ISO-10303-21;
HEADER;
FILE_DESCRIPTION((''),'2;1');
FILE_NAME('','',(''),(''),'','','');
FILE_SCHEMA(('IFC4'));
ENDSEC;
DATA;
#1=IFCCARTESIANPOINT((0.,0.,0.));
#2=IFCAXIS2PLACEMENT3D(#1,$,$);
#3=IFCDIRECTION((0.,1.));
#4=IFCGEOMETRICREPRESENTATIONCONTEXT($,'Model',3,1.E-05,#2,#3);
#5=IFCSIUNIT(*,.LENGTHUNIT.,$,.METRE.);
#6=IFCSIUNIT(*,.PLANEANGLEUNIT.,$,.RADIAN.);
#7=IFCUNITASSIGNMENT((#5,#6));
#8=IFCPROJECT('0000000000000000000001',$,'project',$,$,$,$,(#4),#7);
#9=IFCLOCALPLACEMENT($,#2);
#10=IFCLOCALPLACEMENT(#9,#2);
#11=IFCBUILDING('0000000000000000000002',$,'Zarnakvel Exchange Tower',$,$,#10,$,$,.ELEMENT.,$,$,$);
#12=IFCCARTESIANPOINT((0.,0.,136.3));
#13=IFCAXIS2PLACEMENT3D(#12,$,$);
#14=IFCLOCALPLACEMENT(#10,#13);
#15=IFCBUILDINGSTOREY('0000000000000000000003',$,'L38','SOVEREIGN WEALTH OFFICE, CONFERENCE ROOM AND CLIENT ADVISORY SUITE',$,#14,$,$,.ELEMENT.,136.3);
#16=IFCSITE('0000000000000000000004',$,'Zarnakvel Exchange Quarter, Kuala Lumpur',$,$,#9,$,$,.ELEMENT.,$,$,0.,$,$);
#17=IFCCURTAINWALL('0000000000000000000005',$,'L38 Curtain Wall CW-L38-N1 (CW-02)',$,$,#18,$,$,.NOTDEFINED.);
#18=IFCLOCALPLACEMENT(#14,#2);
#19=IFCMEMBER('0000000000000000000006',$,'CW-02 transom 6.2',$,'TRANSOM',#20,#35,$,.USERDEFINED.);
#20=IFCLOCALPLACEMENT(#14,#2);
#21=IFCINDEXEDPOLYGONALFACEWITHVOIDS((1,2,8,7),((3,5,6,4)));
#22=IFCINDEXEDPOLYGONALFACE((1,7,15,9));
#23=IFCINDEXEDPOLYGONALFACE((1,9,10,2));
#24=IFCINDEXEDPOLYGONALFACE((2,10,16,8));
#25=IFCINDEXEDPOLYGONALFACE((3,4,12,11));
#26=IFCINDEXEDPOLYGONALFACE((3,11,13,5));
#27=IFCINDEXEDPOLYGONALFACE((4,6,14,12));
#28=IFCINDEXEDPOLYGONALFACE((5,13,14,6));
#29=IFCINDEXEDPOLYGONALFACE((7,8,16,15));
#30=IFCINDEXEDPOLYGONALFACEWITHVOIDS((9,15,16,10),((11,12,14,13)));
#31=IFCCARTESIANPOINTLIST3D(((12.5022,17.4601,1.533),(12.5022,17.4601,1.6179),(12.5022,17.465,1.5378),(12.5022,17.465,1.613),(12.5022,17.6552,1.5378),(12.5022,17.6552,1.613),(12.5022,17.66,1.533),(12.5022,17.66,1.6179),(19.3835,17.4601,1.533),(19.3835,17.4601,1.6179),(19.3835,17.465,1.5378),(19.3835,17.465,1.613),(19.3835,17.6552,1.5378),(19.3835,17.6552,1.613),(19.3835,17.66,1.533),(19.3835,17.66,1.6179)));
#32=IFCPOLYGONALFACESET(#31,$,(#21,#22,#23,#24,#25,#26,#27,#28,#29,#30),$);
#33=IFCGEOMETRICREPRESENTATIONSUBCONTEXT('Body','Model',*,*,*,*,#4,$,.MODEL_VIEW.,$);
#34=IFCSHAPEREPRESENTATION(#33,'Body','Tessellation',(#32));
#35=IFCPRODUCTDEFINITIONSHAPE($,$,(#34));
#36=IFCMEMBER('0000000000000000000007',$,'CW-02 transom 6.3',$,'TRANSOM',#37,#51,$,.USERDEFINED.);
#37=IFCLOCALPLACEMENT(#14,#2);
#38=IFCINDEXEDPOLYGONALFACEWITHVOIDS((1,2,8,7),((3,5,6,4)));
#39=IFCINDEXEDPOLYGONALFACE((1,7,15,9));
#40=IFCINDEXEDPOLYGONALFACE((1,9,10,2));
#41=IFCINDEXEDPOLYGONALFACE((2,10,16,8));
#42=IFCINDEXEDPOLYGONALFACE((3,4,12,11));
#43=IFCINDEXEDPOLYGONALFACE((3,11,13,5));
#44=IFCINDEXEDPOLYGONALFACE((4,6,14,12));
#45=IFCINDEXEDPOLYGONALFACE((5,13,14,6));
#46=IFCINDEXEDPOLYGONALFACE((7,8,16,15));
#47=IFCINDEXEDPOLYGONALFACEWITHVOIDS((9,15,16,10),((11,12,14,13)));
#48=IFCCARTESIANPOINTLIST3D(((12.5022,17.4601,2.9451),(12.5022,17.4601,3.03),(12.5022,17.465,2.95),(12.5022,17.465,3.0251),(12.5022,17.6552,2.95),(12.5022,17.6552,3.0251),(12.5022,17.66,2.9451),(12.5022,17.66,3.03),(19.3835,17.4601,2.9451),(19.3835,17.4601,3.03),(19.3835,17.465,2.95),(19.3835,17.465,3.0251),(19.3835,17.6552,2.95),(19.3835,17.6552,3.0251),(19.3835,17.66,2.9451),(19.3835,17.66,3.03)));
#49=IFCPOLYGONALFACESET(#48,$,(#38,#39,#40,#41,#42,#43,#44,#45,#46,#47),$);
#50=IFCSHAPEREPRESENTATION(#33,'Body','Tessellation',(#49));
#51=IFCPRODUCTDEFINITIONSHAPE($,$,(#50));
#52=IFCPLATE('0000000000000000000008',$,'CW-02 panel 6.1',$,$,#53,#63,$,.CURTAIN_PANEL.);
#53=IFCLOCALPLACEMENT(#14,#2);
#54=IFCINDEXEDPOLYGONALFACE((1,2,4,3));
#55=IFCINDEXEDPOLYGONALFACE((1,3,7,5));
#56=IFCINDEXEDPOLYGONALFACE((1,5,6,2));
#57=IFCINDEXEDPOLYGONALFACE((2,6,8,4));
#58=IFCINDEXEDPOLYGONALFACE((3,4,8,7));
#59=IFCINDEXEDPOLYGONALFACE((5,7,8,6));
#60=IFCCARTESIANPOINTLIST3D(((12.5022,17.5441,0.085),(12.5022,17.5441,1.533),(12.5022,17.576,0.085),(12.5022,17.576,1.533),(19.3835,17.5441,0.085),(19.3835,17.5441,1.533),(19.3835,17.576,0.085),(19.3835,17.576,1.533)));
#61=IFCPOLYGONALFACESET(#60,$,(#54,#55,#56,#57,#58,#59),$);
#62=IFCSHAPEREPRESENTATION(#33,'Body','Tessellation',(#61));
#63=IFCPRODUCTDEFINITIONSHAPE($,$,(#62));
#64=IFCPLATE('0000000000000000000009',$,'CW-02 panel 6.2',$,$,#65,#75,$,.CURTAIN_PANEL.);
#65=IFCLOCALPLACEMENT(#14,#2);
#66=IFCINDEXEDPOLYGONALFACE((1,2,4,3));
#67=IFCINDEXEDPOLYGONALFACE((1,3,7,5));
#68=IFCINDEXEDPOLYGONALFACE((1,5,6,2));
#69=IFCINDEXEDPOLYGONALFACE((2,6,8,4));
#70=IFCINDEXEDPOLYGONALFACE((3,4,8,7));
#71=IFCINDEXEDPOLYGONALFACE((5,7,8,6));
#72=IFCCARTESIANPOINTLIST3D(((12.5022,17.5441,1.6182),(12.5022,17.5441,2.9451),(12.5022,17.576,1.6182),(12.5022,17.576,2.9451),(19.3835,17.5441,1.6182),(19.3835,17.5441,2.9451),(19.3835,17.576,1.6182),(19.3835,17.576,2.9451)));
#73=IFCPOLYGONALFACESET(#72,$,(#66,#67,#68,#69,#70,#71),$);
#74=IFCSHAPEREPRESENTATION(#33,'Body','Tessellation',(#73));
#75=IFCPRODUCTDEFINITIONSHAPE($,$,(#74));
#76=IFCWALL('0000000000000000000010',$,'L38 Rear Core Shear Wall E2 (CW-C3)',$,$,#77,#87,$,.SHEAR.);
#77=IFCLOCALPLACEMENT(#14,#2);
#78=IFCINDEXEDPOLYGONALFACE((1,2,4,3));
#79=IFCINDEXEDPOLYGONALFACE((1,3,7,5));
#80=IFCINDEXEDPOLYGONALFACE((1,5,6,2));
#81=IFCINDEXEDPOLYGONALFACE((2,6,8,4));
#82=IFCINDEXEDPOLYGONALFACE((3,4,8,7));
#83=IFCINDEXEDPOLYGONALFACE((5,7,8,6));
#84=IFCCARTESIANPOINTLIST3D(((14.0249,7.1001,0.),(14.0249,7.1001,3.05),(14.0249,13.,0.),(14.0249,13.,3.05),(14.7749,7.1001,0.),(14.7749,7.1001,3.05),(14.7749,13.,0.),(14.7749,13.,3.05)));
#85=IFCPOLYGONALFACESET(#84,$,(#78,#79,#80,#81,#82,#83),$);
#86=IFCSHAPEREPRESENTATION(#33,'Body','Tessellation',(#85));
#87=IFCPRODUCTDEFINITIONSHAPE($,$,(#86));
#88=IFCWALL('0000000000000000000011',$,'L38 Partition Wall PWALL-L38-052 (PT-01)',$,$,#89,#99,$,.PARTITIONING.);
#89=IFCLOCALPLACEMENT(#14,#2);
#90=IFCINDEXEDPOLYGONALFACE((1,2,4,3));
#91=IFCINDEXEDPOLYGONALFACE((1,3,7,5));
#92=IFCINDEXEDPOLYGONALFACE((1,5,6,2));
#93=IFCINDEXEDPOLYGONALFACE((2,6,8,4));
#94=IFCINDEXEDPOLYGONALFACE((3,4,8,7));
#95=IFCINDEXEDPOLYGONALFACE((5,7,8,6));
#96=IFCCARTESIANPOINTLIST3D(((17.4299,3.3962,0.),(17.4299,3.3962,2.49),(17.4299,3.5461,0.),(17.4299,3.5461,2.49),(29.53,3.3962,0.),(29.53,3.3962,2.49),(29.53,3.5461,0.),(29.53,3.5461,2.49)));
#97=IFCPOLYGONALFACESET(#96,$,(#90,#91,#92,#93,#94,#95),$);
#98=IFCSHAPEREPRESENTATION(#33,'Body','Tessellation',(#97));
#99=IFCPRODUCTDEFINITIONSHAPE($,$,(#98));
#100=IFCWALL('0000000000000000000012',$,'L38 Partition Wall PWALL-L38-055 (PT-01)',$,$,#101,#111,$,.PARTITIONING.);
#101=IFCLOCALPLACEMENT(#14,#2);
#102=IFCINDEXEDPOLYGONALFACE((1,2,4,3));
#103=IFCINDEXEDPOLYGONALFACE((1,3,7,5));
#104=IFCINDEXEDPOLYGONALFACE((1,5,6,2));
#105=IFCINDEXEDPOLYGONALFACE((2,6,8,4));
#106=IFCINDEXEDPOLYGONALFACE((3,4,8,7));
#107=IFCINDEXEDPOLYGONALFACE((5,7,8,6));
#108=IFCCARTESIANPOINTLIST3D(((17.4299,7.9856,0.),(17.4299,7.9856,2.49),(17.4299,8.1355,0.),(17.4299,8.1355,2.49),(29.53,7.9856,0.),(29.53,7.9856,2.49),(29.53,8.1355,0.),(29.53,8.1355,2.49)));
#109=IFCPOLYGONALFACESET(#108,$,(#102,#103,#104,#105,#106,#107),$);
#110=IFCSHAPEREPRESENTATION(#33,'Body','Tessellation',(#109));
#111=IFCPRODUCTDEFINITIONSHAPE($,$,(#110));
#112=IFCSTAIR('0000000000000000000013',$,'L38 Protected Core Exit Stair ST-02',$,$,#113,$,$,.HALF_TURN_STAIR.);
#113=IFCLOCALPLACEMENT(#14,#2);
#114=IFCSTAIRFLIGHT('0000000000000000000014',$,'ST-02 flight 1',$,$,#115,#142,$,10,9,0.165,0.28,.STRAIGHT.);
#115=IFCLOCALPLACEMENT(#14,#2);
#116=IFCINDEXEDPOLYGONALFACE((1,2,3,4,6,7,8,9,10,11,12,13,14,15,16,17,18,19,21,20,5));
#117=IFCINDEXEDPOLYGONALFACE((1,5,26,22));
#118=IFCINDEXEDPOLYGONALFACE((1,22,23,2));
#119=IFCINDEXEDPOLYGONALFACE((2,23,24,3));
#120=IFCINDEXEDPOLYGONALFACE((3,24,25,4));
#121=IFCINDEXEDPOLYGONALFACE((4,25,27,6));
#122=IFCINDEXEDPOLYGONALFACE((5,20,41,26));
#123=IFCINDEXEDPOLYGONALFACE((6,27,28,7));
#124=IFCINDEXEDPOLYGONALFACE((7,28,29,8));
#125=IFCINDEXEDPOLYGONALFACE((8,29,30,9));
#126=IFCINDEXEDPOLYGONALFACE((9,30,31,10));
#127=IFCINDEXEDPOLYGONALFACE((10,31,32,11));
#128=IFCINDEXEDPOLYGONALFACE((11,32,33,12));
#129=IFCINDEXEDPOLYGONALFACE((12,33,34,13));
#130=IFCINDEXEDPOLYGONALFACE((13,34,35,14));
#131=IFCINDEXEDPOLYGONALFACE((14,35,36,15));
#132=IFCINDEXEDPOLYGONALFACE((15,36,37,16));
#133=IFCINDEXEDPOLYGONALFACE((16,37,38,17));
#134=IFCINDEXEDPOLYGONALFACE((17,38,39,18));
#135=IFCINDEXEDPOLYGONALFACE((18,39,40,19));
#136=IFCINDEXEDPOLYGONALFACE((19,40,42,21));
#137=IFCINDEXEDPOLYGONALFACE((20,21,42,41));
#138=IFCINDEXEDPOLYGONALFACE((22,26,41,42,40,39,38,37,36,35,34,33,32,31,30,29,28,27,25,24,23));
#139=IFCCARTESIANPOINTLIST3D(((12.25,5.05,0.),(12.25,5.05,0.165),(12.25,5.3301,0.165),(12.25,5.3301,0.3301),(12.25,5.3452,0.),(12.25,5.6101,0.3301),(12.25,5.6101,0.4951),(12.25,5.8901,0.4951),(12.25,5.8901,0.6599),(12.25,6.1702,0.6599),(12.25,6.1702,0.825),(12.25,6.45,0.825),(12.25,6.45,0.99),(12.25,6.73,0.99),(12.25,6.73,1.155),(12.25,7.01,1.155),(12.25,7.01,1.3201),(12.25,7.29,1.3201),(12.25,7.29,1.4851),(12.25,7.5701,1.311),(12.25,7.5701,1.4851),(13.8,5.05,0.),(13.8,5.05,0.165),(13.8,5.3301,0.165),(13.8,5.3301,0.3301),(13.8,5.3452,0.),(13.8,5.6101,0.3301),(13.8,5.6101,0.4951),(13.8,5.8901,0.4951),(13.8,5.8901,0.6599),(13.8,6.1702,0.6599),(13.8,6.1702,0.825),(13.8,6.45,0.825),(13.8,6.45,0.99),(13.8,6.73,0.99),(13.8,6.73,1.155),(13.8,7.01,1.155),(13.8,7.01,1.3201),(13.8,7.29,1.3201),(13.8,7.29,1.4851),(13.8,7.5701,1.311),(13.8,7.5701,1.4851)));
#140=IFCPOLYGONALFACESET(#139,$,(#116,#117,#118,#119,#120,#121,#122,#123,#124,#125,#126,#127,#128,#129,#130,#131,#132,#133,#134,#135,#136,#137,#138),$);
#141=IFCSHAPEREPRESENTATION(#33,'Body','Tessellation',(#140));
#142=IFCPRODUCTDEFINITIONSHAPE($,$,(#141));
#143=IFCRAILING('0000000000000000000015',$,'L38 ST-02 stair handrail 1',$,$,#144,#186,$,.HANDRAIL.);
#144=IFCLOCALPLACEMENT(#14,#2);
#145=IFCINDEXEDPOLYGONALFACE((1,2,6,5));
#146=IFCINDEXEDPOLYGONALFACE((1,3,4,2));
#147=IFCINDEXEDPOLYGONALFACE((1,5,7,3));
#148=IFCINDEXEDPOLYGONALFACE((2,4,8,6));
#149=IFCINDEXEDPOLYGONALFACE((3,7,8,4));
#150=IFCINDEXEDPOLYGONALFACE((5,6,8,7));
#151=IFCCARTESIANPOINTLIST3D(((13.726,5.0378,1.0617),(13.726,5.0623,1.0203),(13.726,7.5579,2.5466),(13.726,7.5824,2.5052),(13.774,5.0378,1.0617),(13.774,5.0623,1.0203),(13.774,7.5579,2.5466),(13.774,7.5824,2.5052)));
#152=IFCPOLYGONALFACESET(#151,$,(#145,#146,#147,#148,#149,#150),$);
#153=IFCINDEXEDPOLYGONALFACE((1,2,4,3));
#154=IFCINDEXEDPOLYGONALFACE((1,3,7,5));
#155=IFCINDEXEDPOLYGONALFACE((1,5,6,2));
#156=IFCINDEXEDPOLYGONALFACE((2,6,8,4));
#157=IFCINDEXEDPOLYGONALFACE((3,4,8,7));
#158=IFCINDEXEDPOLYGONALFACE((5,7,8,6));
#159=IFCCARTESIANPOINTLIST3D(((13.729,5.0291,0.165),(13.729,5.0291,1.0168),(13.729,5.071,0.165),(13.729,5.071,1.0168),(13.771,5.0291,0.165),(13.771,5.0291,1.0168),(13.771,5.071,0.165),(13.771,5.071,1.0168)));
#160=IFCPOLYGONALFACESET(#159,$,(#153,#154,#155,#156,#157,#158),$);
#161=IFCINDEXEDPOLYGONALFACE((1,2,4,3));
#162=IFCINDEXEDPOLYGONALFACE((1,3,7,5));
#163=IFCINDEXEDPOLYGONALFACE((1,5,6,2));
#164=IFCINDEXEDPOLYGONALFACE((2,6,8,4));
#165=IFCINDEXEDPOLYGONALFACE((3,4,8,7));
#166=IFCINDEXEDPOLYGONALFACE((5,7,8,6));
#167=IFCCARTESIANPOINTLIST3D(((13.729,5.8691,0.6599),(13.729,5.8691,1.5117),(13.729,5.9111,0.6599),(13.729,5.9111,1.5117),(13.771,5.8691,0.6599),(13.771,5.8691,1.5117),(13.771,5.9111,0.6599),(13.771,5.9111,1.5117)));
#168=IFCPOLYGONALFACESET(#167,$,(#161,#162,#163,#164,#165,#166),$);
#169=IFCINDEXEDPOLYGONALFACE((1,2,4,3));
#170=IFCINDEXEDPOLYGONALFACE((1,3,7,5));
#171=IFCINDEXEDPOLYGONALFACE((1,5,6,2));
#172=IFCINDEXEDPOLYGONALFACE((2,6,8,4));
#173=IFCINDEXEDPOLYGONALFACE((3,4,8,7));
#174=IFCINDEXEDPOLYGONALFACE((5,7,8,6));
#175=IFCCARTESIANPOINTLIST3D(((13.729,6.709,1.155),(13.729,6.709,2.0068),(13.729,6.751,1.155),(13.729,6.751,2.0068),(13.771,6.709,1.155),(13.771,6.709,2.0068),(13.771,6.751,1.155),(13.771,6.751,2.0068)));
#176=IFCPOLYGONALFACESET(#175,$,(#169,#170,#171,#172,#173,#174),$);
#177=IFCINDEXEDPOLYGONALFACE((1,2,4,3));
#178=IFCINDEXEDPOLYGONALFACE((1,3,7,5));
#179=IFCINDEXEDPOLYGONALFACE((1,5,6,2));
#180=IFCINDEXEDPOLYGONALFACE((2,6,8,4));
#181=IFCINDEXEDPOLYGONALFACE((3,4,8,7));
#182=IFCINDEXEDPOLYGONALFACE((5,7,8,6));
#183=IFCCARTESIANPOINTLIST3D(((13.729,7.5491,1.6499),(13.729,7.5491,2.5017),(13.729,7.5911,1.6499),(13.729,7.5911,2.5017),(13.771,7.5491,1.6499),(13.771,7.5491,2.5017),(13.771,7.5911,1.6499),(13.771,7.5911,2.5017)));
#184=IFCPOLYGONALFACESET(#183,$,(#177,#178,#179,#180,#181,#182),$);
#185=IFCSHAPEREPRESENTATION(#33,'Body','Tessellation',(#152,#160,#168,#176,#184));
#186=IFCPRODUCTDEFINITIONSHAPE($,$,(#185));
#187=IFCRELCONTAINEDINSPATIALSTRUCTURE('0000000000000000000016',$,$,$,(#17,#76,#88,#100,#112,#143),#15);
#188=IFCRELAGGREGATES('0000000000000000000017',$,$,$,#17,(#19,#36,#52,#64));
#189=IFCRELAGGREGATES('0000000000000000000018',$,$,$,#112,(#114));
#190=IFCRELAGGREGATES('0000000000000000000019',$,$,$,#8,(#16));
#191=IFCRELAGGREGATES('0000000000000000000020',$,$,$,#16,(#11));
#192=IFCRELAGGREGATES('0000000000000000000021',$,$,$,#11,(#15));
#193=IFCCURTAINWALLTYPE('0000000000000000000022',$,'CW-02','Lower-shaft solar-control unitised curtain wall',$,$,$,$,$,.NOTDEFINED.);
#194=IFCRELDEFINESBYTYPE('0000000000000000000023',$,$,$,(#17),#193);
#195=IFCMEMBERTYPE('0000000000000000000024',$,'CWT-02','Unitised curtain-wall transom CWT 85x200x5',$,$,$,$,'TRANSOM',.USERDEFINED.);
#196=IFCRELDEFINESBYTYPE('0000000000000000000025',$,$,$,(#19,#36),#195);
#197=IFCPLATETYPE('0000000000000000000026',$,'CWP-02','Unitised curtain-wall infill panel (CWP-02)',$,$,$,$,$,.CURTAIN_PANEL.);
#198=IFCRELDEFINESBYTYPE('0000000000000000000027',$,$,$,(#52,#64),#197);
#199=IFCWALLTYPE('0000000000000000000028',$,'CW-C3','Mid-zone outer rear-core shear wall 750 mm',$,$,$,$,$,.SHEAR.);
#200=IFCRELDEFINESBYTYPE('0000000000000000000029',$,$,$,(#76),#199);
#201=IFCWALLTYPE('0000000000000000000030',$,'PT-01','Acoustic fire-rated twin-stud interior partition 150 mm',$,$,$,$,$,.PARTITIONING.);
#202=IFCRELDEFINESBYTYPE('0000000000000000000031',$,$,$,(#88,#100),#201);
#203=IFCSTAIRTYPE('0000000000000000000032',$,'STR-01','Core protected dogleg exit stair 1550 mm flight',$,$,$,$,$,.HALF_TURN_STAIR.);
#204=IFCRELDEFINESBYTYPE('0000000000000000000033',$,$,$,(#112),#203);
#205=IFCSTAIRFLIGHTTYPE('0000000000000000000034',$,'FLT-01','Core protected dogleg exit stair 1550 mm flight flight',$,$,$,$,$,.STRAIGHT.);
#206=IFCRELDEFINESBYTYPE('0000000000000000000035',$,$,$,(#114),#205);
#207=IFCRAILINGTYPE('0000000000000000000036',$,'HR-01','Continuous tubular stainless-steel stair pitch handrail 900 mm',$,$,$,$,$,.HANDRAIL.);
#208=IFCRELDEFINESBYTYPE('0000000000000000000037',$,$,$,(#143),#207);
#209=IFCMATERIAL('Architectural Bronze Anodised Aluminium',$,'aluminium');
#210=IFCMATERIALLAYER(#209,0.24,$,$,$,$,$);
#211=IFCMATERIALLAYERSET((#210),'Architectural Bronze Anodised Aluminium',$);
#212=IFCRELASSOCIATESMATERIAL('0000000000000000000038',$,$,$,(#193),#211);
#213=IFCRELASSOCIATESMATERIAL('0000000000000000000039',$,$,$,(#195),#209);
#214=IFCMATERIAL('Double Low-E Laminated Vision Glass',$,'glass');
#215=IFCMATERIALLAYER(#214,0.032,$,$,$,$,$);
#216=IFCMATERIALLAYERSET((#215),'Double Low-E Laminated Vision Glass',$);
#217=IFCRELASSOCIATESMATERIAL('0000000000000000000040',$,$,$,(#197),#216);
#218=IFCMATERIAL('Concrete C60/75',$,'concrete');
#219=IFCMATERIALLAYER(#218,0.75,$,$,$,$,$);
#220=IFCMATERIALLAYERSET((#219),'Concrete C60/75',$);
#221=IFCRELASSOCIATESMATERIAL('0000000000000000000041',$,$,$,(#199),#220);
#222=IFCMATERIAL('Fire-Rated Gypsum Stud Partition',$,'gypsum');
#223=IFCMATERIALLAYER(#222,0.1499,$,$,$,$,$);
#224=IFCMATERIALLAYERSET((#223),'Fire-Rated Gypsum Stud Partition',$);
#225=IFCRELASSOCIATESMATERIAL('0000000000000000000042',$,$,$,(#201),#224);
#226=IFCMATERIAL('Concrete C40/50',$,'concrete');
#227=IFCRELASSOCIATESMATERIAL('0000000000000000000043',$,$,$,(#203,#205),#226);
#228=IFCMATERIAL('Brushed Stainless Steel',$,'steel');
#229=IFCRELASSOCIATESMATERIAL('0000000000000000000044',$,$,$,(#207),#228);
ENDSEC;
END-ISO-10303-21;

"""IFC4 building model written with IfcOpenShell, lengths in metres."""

from ifc_helpers import new_model, si_unit, direction, frame, frame_2d, origin, origin_2d, place, context, subcontext, project, spatial, polyline, rectangle, hollow_rectangle, outline, extrude, source, transform, mapped, material, layer, layer_set, material_profile, profile_set, type_object, element, aggregate, save


model = new_model("IFC4")

# Units and contexts
model_context = context("Model", 3, precision=1e-05, world=origin(), true_north=direction((0.0, 1.0)))
body_context = subcontext(model_context, "Body", "Model", "MODEL_VIEW")
ifc_project = project(units=[si_unit("LENGTHUNIT", "METRE"), si_unit("PLANEANGLEUNIT", "RADIAN")], contexts=[model_context])

# Site, building, storey
site_placement = place(None, origin())
site = spatial("IfcSite", under=ifc_project, at=site_placement, Name="Zarnakvel Exchange Quarter, Kuala Lumpur", CompositionType="ELEMENT", RefElevation=0.0)
building_placement = place(site_placement, origin())
building = spatial("IfcBuilding", under=site, at=building_placement, Name="Zarnakvel Exchange Tower", CompositionType="ELEMENT")
storey_placement = place(building_placement, frame((0.0, 0.0, 136.3)))
storey = spatial("IfcBuildingStorey", under=building, at=storey_placement, Name="L38", Description="SOVEREIGN WEALTH OFFICE, CONFERENCE ROOM AND CLIENT ADVISORY SUITE", CompositionType="ELEMENT", Elevation=136.3)

# Shared definitions
ifc_material_1 = material(Name="Concrete C60/75", Category="concrete")

# Curtain wall, members, plates
ifc_material_2 = material(Name="Architectural Bronze Anodised Aluminium", Category="aluminium")
ifc_layer_1 = layer(ifc_material_2, 0.24)
ifc_layer_set_1 = layer_set([ifc_layer_1], Name="Architectural Bronze Anodised Aluminium")
curtain_wall_type = type_object("IfcCurtainWallType", Name="CW-02", Description="Lower-shaft solar-control unitised curtain wall", PredefinedType="NOTDEFINED", material=ifc_layer_set_1)
curtain_wall_placement = place(storey_placement, origin())
curtain_wall = element("IfcCurtainWall", 1, at=curtain_wall_placement, inside=storey, type_object=curtain_wall_type, Name="L38 Curtain Wall CW-L38-N1 (CW-02)", PredefinedType="NOTDEFINED")
ifc_material_profile_1 = material_profile(ifc_material_2, hollow_rectangle(XDim=0.2, YDim=0.085, WallThickness=0.0049, at=origin_2d()))
ifc_profile_set_1 = profile_set([ifc_material_profile_1], Name="Architectural Bronze Anodised Aluminium")
member_type_1 = type_object("IfcMemberType", Name="CWT-02", Description="Unitised curtain-wall transom CWT 85x200x5", ElementType="TRANSOM", PredefinedType="USERDEFINED", material=ifc_profile_set_1)
shared_shape_1 = source(origin(), body_context, "Body", "SweptSolid", [
    extrude(hollow_rectangle(XDim=0.2, YDim=0.085, WallThickness=0.0049, at=origin_2d()), origin(), (0.0, 0.0, 1.0), 6.8813),
])
member_1_placement = place(storey_placement, frame((12.5022, 17.5601, 1.5754), z_axis=(1.0, 0.0, 0.0), x_axis=(0.0, 1.0, 0.0)))
member_1 = element("IfcMember", 2, at=member_1_placement, type_object=member_type_1, Name="CW-02 transom 6.2", ObjectType="TRANSOM", PredefinedType="USERDEFINED", context=body_context, shape_type="MappedRepresentation", body=[
    mapped(shared_shape_1, transform((0.0, 0.0, 0.0), x_axis=(1.0, 0.0, 0.0), y_axis=(0.0, 1.0, 0.0), z_axis=(0.0, 0.0, 1.0), scale=1.0)),
])
member_2_placement = place(storey_placement, frame((12.5022, 17.5601, 2.9875), z_axis=(1.0, 0.0, 0.0), x_axis=(0.0, 1.0, 0.0)))
member_2 = element("IfcMember", 3, at=member_2_placement, type_object=member_type_1, Name="CW-02 transom 6.3", ObjectType="TRANSOM", PredefinedType="USERDEFINED", context=body_context, shape_type="MappedRepresentation", body=[
    mapped(shared_shape_1, transform((0.0, 0.0, 0.0), x_axis=(1.0, 0.0, 0.0), y_axis=(0.0, 1.0, 0.0), z_axis=(0.0, 0.0, 1.0), scale=1.0)),
])
ifc_material_3 = material(Name="Double Low-E Laminated Vision Glass", Category="glass")
ifc_layer_2 = layer(ifc_material_3, 0.032)
ifc_layer_set_2 = layer_set([ifc_layer_2], Name="Double Low-E Laminated Vision Glass")
plate_type = type_object("IfcPlateType", Name="CWP-02", Description="Unitised curtain-wall infill panel (CWP-02)", PredefinedType="CURTAIN_PANEL", material=ifc_layer_set_2)
shared_shape_2 = source(origin(), body_context, "Body", "SweptSolid", [
    extrude(rectangle(XDim=6.8813, YDim=0.032, at=origin_2d()), origin(), (0.0, 0.0, 1.0), 1.448),
])
plate_1_placement = place(storey_placement, frame((15.9429, 17.5601, 0.085), z_axis=(0.0, 0.0, 1.0), x_axis=(1.0, 0.0, 0.0)))
plate_1 = element("IfcPlate", 4, at=plate_1_placement, type_object=plate_type, Name="CW-02 panel 6.1", PredefinedType="CURTAIN_PANEL", context=body_context, shape_type="MappedRepresentation", body=[
    mapped(shared_shape_2, transform((0.0, 0.0, 0.0), x_axis=(1.0, 0.0, 0.0), y_axis=(0.0, 1.0, 0.0), z_axis=(0.0, 0.0, 1.0), scale=1.0)),
])
shared_shape_3 = source(origin(), body_context, "Body", "SweptSolid", [
    extrude(rectangle(XDim=6.8813, YDim=0.032, at=origin_2d()), origin(), (0.0, 0.0, 1.0), 1.3269),
])
plate_2_placement = place(storey_placement, frame((15.9429, 17.5601, 1.6182), z_axis=(0.0, 0.0, 1.0), x_axis=(1.0, 0.0, 0.0)))
plate_2 = element("IfcPlate", 5, at=plate_2_placement, type_object=plate_type, Name="CW-02 panel 6.2", PredefinedType="CURTAIN_PANEL", context=body_context, shape_type="MappedRepresentation", body=[
    mapped(shared_shape_3, transform((0.0, 0.0, 0.0), x_axis=(1.0, 0.0, 0.0), y_axis=(0.0, 1.0, 0.0), z_axis=(0.0, 0.0, 1.0), scale=1.0)),
])
aggregate(curtain_wall, [member_1, member_2, plate_1, plate_2])

# Walls
ifc_layer_3 = layer(ifc_material_1, 0.75)
ifc_layer_set_3 = layer_set([ifc_layer_3], Name="Concrete C60/75")
wall_type_1 = type_object("IfcWallType", Name="CW-C3", Description="Mid-zone outer rear-core shear wall 750 mm", PredefinedType="SHEAR", material=ifc_layer_set_3)
wall_1_placement = place(storey_placement, frame((14.3999, 7.1001, 0.0), z_axis=(0.0, 0.0, 1.0), x_axis=(0.0, 1.0, 0.0)))
element("IfcWall", 6, at=wall_1_placement, inside=storey, type_object=wall_type_1, Name="L38 Rear Core Shear Wall E2 (CW-C3)", PredefinedType="SHEAR", context=body_context, shape_type="SweptSolid", body=[
    extrude(rectangle(XDim=5.8999, YDim=0.75, at=frame_2d((2.95, 0.0))), origin(), (0.0, 0.0, 1.0), 3.05),
])
ifc_material_4 = material(Name="Fire-Rated Gypsum Stud Partition", Category="gypsum")
ifc_layer_4 = layer(ifc_material_4, 0.1499)
ifc_layer_set_4 = layer_set([ifc_layer_4], Name="Fire-Rated Gypsum Stud Partition")
wall_type_2 = type_object("IfcWallType", Name="PT-01", Description="Acoustic fire-rated twin-stud interior partition 150 mm", PredefinedType="PARTITIONING", material=ifc_layer_set_4)
for number, where, z_axis, x_axis, name in (
    (7, (17.4299, 3.4712, 0.0), (0.0, 0.0, 1.0), (1.0, 0.0, 0.0), "L38 Partition Wall PWALL-L38-052 (PT-01)"),
    (8, (17.4299, 8.0605, 0.0), (0.0, 0.0, 1.0), (1.0, 0.0, 0.0), "L38 Partition Wall PWALL-L38-055 (PT-01)"),
):
    element("IfcWall", number, at=place(storey_placement, frame(where, z_axis=z_axis, x_axis=x_axis)), inside=storey, type_object=wall_type_2, Name=name, PredefinedType="PARTITIONING", context=body_context, shape_type="SweptSolid", body=[
        extrude(rectangle(XDim=12.1001, YDim=0.1499, at=frame_2d((6.05, 0.0))), origin(), (0.0, 0.0, 1.0), 2.49),
    ])

# Shared definitions
ifc_material_5 = material(Name="Concrete C40/50", Category="concrete")

# Stair, stair flight
stair_type = type_object("IfcStairType", Name="STR-01", Description="Core protected dogleg exit stair 1550 mm flight", PredefinedType="HALF_TURN_STAIR", material=ifc_material_5)
stair_placement = place(storey_placement, origin())
stair = element("IfcStair", 9, at=stair_placement, inside=storey, type_object=stair_type, Name="L38 Protected Core Exit Stair ST-02", PredefinedType="HALF_TURN_STAIR")
stair_flight_type = type_object("IfcStairFlightType", Name="FLT-01", Description="Core protected dogleg exit stair 1550 mm flight flight", PredefinedType="STRAIGHT", material=ifc_material_5)
stair_flight_placement = place(storey_placement, frame((13.0249, 5.05, 0.0), z_axis=(0.0, 0.0, 1.0), x_axis=(0.0, 1.0, 0.0)))
stair_flight = element("IfcStairFlight", 10, at=stair_flight_placement, type_object=stair_flight_type, Name="ST-02 flight 1", NumberOfRisers=10, NumberOfTreads=9, PredefinedType="STRAIGHT", RiserHeight=0.165, TreadLength=0.28, context=body_context, shape_type="SweptSolid", body=[
    extrude(outline(polyline([(0.0, 0.0), (0.0, 0.165), (0.28, 0.165), (0.28, 0.3301), (0.5601, 0.3301), (0.5601, 0.4951), (0.8401, 0.4951), (0.8401, 0.6599), (1.1201, 0.6599), (1.1201, 0.825), (1.3999, 0.825), (1.3999, 0.99), (1.6799, 0.99), (1.6799, 1.155), (1.96, 1.155), (1.96, 1.3201), (2.24, 1.3201), (2.24, 1.4851), (2.52, 1.4851), (2.52, 1.6499), (2.52, 1.311), (0.2952, 0.0), (0.0, 0.0)])), frame((0.0, 0.7749, 0.0), z_axis=(0.0, -1.0, 0.0), x_axis=(1.0, 0.0, 0.0)), (0.0, 0.0, 1.0), 1.55),
])
aggregate(stair, [stair_flight])

# Railing
ifc_material_6 = material(Name="Brushed Stainless Steel", Category="steel")
railing_type_1 = type_object("IfcRailingType", Name="HR-01", Description="Continuous tubular stainless-steel stair pitch handrail 900 mm", PredefinedType="HANDRAIL", material=ifc_material_6)
railing_1_placement = place(storey_placement, frame((13.75, 5.05, 0.165)))
element("IfcRailing", 11, at=railing_1_placement, inside=storey, type_object=railing_type_1, Name="L38 ST-02 stair handrail 1", PredefinedType="HANDRAIL", context=body_context, shape_type="SweptSolid", body=[
    extrude(rectangle(XDim=0.0481, YDim=0.0481, at=origin_2d()), frame((0.0, 0.0, 0.876), z_axis=(0.0, 0.861561, 0.507655), x_axis=(-1.0, 0.0, 0.0)), (0.0, 0.0, 1.0), 2.925),
    extrude(rectangle(XDim=0.042, YDim=0.042, at=origin_2d()), origin(), (0.0, 0.0, 1.0), 0.8518),
    extrude(rectangle(XDim=0.042, YDim=0.042, at=origin_2d()), frame((0.0, 0.8401, 0.4949)), (0.0, 0.0, 1.0), 0.8518),
    extrude(rectangle(XDim=0.042, YDim=0.042, at=origin_2d()), frame((0.0, 1.6799, 0.99)), (0.0, 0.0, 1.0), 0.8518),
    extrude(rectangle(XDim=0.042, YDim=0.042, at=origin_2d()), frame((0.0, 2.52, 1.4849)), (0.0, 0.0, 1.0), 0.8518),
])

save(model, "model.ifc")
